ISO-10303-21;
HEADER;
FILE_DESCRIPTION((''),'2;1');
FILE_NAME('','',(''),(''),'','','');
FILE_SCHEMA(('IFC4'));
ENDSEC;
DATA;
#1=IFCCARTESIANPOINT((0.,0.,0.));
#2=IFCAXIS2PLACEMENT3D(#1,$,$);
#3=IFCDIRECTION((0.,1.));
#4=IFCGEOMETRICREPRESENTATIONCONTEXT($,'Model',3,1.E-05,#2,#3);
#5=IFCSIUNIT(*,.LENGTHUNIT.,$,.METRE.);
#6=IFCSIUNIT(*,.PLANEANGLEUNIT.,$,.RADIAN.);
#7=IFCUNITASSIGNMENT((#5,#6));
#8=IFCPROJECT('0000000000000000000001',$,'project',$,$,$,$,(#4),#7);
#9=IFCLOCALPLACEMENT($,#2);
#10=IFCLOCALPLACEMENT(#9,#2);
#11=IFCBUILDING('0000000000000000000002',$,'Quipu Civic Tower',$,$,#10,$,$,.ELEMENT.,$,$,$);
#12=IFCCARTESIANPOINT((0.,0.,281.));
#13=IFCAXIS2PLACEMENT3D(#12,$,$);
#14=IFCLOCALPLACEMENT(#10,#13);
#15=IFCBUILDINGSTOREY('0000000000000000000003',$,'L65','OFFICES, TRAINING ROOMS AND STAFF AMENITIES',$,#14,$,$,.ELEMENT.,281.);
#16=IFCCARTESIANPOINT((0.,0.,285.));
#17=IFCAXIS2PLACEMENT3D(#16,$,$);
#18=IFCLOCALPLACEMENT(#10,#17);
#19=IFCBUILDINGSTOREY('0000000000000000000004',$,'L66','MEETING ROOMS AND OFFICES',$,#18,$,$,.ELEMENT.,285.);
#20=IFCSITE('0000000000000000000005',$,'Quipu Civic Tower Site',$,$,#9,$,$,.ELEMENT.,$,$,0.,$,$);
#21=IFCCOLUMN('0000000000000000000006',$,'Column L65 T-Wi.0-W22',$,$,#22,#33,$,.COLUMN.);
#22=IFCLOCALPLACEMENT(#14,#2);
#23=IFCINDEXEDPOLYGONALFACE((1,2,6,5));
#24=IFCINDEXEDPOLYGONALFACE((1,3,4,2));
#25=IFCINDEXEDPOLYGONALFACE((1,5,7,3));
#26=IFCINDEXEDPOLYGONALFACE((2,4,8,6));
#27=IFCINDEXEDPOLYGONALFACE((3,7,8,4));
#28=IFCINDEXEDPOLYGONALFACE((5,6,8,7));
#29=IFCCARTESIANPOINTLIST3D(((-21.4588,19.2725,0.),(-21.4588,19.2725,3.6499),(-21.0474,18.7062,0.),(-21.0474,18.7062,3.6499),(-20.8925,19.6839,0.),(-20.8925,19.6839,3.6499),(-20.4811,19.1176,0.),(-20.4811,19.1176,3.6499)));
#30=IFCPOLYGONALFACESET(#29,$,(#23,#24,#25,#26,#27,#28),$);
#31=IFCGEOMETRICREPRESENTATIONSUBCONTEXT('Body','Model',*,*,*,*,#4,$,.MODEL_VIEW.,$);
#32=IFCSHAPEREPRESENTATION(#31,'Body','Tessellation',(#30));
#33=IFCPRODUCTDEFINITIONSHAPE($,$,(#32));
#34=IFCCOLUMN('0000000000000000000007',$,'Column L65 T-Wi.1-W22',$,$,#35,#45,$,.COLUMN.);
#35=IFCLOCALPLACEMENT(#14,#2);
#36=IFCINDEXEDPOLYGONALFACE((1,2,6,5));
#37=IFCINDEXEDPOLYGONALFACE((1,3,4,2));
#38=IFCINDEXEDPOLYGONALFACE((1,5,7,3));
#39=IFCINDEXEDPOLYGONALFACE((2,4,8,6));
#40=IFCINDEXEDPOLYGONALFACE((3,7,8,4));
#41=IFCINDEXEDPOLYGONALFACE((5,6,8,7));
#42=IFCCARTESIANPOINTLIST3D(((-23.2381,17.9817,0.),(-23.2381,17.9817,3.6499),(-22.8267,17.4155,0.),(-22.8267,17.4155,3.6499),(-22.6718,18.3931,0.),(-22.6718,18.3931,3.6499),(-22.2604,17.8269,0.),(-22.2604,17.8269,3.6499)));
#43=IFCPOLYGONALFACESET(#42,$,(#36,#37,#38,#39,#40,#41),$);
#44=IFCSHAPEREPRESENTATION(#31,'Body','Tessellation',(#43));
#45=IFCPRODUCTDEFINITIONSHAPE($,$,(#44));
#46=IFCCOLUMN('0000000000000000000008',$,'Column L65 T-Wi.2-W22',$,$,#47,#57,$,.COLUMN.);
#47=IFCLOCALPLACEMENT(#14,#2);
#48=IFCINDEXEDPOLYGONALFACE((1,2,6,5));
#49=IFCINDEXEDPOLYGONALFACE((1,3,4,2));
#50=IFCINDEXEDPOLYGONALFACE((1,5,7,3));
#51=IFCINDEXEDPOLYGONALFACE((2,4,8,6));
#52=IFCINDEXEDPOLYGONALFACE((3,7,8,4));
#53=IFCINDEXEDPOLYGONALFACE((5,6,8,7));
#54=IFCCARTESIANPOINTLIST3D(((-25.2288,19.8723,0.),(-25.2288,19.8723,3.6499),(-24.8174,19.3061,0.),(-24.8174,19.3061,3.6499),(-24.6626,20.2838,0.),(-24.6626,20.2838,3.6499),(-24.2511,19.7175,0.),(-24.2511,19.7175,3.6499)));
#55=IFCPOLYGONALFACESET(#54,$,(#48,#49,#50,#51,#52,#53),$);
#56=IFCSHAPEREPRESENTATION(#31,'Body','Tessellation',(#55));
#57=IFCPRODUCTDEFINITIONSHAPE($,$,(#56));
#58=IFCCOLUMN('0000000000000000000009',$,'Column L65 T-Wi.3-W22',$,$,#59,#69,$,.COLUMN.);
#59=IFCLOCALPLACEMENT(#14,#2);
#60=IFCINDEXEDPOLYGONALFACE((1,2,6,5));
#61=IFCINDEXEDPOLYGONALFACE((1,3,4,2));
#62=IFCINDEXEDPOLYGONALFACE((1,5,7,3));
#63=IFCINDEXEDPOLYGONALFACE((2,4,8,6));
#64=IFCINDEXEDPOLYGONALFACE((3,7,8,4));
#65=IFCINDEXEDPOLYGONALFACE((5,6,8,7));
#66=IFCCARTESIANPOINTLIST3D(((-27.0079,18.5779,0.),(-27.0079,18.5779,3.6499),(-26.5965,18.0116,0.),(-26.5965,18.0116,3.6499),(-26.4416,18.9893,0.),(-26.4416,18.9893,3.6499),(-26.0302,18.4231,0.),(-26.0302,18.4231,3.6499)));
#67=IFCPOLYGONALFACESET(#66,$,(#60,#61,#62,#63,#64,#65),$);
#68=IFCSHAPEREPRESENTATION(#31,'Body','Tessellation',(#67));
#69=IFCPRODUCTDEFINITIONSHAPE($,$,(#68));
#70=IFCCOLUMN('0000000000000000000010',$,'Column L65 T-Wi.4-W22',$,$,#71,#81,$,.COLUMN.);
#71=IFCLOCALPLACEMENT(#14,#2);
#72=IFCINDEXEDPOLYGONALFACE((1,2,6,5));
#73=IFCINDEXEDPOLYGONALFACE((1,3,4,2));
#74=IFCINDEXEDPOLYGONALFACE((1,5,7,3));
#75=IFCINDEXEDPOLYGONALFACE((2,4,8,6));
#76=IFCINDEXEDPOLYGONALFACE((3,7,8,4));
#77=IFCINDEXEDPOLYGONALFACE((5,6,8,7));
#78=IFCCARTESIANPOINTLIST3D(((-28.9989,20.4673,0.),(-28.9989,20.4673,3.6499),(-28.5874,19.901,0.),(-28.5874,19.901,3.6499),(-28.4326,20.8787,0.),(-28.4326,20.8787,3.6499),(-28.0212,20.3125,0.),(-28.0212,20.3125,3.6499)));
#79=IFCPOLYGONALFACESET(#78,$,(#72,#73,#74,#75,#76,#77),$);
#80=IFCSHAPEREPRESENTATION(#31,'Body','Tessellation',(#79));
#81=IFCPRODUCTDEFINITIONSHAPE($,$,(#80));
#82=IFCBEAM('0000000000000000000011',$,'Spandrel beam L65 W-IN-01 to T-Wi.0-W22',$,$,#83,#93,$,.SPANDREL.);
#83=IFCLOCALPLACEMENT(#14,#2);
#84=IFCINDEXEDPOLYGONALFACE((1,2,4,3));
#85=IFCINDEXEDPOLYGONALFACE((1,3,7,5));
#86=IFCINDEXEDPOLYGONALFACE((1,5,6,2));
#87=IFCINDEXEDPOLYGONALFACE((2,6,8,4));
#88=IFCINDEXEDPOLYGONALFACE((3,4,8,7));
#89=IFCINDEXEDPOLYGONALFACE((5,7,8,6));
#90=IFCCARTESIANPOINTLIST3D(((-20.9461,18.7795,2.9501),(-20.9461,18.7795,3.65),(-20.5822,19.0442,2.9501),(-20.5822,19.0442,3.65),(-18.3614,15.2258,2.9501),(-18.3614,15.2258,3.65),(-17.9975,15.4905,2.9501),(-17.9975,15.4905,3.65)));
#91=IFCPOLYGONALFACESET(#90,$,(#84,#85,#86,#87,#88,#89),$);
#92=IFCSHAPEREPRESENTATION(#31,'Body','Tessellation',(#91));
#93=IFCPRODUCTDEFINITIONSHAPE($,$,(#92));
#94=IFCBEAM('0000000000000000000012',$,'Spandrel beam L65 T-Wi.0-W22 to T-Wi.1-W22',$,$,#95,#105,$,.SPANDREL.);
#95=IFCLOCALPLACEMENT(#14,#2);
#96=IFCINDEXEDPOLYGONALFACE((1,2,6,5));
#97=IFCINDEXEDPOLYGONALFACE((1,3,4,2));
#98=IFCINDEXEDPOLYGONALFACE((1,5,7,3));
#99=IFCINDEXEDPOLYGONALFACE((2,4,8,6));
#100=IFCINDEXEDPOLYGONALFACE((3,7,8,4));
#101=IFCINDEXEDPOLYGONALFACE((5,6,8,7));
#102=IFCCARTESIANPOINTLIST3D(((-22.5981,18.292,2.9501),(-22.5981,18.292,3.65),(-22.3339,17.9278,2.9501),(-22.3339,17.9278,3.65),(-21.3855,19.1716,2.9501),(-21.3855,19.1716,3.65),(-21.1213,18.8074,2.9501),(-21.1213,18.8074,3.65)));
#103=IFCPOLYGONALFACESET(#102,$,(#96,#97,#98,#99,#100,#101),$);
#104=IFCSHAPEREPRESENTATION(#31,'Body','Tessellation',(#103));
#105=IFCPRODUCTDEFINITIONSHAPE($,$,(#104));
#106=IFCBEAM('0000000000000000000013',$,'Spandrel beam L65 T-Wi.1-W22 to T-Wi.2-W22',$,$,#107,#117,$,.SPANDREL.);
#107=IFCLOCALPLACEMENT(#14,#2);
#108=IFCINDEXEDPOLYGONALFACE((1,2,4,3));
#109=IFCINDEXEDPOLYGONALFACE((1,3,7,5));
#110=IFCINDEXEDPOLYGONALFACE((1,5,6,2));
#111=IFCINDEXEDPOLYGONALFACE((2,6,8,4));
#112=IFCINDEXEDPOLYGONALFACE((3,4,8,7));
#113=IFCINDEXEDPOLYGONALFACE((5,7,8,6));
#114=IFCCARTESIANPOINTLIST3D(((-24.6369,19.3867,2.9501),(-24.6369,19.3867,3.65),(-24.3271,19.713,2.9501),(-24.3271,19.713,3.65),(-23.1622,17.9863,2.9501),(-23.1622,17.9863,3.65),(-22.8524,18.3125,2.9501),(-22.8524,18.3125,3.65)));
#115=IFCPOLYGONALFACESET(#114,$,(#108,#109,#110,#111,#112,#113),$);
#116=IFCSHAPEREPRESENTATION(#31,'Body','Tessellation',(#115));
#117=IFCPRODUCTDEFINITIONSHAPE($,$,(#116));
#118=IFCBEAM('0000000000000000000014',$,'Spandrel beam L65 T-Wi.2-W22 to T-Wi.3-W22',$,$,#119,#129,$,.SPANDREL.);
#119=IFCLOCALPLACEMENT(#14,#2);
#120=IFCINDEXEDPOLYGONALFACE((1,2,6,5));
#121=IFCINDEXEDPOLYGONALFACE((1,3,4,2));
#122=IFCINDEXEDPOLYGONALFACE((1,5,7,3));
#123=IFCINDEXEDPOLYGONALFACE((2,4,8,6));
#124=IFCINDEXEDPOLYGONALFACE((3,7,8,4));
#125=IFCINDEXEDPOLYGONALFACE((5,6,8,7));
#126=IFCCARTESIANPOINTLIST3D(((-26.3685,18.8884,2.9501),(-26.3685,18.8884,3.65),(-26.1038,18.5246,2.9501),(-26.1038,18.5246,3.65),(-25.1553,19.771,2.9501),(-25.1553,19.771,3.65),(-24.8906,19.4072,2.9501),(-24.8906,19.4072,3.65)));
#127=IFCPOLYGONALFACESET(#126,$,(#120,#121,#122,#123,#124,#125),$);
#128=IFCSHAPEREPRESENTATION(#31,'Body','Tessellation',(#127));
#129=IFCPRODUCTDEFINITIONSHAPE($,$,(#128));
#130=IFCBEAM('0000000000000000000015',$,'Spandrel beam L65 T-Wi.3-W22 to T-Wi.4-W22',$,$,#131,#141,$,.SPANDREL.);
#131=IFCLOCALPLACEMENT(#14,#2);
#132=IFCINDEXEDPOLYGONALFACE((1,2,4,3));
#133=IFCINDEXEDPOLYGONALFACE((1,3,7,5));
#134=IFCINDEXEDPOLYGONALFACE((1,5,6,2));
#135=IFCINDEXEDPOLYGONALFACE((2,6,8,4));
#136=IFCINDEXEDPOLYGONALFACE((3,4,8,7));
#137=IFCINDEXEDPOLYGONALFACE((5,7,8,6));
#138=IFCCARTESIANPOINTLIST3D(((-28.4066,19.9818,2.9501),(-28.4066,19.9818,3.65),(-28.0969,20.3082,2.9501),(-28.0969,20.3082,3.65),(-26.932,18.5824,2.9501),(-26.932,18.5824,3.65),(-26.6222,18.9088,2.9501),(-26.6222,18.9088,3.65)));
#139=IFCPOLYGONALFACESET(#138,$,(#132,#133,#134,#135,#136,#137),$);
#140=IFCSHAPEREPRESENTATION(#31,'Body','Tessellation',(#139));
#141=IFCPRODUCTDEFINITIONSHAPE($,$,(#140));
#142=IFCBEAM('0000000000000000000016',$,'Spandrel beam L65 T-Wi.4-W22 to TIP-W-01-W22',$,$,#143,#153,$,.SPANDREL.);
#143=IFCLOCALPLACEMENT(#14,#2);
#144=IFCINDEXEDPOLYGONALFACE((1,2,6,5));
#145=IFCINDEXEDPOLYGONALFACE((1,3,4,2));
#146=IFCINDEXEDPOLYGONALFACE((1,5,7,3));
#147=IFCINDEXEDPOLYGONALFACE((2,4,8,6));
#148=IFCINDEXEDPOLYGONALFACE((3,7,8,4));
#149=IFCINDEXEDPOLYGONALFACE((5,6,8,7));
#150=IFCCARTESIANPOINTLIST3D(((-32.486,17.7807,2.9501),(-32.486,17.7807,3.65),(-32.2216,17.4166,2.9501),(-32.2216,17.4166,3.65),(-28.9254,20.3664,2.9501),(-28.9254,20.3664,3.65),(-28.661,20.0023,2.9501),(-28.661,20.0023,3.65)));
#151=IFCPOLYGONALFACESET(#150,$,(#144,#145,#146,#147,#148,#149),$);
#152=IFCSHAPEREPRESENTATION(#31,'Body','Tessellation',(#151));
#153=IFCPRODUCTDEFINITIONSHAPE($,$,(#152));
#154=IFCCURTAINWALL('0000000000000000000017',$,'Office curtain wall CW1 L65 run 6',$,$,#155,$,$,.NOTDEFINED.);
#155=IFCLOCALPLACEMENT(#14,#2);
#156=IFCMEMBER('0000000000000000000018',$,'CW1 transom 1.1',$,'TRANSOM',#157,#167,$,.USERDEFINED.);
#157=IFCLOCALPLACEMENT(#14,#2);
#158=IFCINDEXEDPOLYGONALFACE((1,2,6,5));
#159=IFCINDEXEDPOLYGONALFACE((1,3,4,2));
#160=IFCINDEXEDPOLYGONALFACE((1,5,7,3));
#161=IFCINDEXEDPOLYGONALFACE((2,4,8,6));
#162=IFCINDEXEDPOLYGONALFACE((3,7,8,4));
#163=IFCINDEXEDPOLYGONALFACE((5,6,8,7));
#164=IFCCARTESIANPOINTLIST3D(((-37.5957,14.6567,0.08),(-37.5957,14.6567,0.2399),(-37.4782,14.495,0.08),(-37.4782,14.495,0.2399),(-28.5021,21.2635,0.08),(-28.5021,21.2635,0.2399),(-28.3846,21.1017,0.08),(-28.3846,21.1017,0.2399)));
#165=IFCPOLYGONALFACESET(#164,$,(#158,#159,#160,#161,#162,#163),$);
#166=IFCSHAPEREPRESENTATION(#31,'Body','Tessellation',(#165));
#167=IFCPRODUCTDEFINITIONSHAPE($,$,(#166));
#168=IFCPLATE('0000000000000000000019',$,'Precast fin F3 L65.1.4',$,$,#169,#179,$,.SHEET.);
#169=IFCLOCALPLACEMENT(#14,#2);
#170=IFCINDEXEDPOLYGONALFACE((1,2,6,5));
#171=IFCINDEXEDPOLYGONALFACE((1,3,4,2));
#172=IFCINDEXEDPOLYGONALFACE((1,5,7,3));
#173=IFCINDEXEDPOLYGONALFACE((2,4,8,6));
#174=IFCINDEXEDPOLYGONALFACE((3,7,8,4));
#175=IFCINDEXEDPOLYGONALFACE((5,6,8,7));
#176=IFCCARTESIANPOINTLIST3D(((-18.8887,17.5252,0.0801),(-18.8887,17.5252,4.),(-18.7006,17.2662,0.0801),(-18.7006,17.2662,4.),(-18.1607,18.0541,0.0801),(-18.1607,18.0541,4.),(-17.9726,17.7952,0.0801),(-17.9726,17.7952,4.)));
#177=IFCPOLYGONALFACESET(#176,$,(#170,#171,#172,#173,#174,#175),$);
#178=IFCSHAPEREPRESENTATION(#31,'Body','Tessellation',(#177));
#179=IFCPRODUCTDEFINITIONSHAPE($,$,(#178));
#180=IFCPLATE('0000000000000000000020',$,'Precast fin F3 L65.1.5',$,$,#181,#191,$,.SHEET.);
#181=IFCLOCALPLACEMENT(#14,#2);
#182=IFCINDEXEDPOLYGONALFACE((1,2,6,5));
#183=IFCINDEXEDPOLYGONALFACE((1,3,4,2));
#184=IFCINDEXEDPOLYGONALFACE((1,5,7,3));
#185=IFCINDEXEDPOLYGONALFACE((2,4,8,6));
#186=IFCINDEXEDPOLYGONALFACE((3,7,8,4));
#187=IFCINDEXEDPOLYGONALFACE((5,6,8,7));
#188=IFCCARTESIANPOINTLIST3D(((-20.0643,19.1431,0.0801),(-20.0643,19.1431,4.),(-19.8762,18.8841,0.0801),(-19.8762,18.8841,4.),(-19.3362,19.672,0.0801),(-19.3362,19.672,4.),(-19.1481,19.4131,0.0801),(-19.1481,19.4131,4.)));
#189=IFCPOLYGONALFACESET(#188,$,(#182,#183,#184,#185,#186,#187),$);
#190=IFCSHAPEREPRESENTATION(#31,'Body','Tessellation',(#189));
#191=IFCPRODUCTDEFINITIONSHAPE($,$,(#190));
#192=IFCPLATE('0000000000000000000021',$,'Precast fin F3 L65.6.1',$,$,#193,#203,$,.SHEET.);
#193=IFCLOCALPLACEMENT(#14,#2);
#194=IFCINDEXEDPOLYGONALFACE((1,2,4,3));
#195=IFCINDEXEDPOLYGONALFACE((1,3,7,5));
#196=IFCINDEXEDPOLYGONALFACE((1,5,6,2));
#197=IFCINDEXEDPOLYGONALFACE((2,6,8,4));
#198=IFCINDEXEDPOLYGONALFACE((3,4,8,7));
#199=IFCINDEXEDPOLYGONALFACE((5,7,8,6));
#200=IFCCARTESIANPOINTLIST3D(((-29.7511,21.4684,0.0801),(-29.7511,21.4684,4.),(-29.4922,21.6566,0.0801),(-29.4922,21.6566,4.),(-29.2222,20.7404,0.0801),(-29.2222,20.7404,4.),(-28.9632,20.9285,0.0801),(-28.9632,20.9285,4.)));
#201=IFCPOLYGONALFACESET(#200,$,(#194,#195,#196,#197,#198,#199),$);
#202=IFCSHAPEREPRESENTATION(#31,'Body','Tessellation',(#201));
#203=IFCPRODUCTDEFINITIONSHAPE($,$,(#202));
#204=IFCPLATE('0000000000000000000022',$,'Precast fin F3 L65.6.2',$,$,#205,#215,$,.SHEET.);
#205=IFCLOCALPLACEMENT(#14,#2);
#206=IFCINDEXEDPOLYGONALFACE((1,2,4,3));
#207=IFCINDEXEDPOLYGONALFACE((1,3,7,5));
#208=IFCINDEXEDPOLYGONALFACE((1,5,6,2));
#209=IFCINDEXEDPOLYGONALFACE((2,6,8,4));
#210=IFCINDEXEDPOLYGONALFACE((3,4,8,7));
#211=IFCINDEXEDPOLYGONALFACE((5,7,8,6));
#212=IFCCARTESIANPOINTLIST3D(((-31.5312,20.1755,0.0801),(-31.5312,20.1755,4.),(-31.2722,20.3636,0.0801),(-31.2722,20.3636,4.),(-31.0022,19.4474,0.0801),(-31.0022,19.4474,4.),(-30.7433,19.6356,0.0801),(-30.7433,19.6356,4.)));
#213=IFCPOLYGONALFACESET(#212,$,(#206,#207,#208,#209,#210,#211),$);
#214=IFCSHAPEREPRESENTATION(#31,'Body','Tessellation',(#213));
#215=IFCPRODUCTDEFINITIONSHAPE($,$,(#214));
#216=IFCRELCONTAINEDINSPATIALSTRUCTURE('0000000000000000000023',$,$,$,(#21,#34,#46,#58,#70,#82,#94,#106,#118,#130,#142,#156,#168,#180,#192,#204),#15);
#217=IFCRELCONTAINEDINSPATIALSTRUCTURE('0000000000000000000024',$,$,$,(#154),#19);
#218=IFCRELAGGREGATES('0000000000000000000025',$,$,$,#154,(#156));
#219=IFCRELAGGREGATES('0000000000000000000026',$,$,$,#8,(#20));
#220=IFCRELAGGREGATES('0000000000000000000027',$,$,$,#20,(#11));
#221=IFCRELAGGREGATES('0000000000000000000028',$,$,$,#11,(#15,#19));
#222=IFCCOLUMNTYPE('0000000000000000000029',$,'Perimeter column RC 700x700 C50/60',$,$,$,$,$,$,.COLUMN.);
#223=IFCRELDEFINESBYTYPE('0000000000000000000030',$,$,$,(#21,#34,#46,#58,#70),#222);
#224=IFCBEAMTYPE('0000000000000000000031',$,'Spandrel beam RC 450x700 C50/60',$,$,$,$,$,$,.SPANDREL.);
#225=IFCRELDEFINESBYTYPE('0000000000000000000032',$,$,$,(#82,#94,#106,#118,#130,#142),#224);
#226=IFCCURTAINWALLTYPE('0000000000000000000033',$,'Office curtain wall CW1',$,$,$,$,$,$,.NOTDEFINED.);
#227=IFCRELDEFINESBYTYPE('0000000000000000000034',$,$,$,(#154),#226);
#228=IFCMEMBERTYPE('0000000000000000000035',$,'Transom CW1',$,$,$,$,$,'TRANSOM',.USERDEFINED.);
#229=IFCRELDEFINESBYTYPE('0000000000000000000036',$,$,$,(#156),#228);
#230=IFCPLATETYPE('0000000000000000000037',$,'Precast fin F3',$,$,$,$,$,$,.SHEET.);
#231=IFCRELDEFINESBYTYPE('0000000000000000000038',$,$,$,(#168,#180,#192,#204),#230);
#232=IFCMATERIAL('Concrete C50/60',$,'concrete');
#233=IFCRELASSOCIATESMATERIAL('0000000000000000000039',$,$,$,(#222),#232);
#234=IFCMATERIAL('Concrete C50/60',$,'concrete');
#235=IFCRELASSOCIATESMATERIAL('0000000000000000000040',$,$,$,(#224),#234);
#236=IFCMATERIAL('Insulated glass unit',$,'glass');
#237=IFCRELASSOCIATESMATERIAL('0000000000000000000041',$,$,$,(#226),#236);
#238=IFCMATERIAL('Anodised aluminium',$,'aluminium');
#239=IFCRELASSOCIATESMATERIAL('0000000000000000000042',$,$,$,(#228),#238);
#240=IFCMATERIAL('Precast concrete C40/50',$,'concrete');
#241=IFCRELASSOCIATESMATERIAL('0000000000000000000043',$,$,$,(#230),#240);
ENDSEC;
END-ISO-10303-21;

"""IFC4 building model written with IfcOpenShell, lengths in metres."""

from ifc_helpers import new_model, si_unit, direction, frame, origin, origin_2d, place, context, subcontext, project, spatial, rectangle, extrude, material, material_profile, profile_set, type_object, element, aggregate, save


model = new_model("IFC4")

# Units and contexts
model_context = context("Model", 3, precision=1e-05, world=origin(), true_north=direction((0.0, 1.0)))
body_context = subcontext(model_context, "Body", "Model", "MODEL_VIEW")
ifc_project = project(units=[si_unit("LENGTHUNIT", "METRE"), si_unit("PLANEANGLEUNIT", "RADIAN")], contexts=[model_context])

# Site, building, storey
site_placement = place(None, origin())
site = spatial("IfcSite", under=ifc_project, at=site_placement, Name="Quipu Civic Tower Site", CompositionType="ELEMENT", RefElevation=0.0)
building_placement = place(site_placement, origin())
building = spatial("IfcBuilding", under=site, at=building_placement, Name="Quipu Civic Tower", CompositionType="ELEMENT")
storey_1_placement = place(building_placement, frame((0.0, 0.0, 281.0)))
storey_1 = spatial("IfcBuildingStorey", under=building, at=storey_1_placement, Name="L65", Description="OFFICES, TRAINING ROOMS AND STAFF AMENITIES", CompositionType="ELEMENT", Elevation=281.0)

# Columns
ifc_material_1 = material(Name="Concrete C50/60", Category="concrete")
ifc_material_profile_1 = material_profile(ifc_material_1, rectangle(XDim=0.7, YDim=0.7, at=origin_2d()), Name="RC700x700")
ifc_profile_set_1 = profile_set([ifc_material_profile_1], Name="Concrete C50/60")
column_type = type_object("IfcColumnType", Name="Perimeter column RC 700x700 C50/60", PredefinedType="COLUMN", material=ifc_profile_set_1)
for number, where, z_axis, x_axis, name in (
    (1, (-20.97, 19.1951, 0.0), (0.0, 0.0, 1.0), (-0.587785, 0.809017, 0.0), "Column L65 T-Wi.0-W22"),
    (2, (-22.7493, 17.9043, 0.0), (0.0, 0.0, 1.0), (-0.587785, 0.809017, 0.0), "Column L65 T-Wi.1-W22"),
    (3, (-24.74, 19.7949, 0.0), (0.0, 0.0, 1.0), (-0.587785, 0.809017, 0.0), "Column L65 T-Wi.2-W22"),
    (4, (-26.519, 18.5005, 0.0), (0.0, 0.0, 1.0), (-0.587785, 0.809017, 0.0), "Column L65 T-Wi.3-W22"),
    (5, (-28.51, 20.3899, 0.0), (0.0, 0.0, 1.0), (-0.809017, -0.587785, 0.0), "Column L65 T-Wi.4-W22"),
):
    element("IfcColumn", number, at=place(storey_1_placement, frame(where, z_axis=z_axis, x_axis=x_axis)), inside=storey_1, type_object=column_type, Name=name, PredefinedType="COLUMN", context=body_context, shape_type="SweptSolid", body=[
        extrude(rectangle(XDim=0.7, YDim=0.7, at=origin_2d()), origin(), (0.0, 0.0, 1.0), 3.6499),
    ])

# Beams
ifc_material_2 = material(Name="Concrete C50/60", Category="concrete")
ifc_material_profile_2 = material_profile(ifc_material_2, rectangle(XDim=0.45, YDim=0.7, at=origin_2d()), Name="RC450x700")
ifc_profile_set_2 = profile_set([ifc_material_profile_2], Name="Concrete C50/60")
beam_type = type_object("IfcBeamType", Name="Spandrel beam RC 450x700 C50/60", PredefinedType="SPANDREL", material=ifc_profile_set_2)
beam_1_placement = place(storey_1_placement, frame((-18.1794, 15.3582, 3.3), z_axis=(-0.588201, 0.808714, 0.0), x_axis=(-0.808714, -0.588201, 0.0)))
element("IfcBeam", 6, at=beam_1_placement, inside=storey_1, type_object=beam_type, Name="Spandrel beam L65 W-IN-01 to T-Wi.0-W22", PredefinedType="SPANDREL", context=body_context, shape_type="SweptSolid", body=[
    extrude(rectangle(XDim=0.45, YDim=0.7, at=origin_2d()), origin(), (0.0, 0.0, 1.0), 4.3943),
])
beam_2_placement = place(storey_1_placement, frame((-21.2534, 18.9895, 3.3), z_axis=(-0.809461, -0.587173, 0.0), x_axis=(0.587173, -0.809461, 0.0)))
element("IfcBeam", 7, at=beam_2_placement, inside=storey_1, type_object=beam_type, Name="Spandrel beam L65 T-Wi.0-W22 to T-Wi.1-W22", PredefinedType="SPANDREL", context=body_context, shape_type="SweptSolid", body=[
    extrude(rectangle(XDim=0.45, YDim=0.7, at=origin_2d()), origin(), (0.0, 0.0, 1.0), 1.498),
])
beam_3_placement = place(storey_1_placement, frame((-23.0073, 18.1494, 3.3), z_axis=(-0.725119, 0.688623, 0.0), x_axis=(-0.688623, -0.725119, 0.0)))
element("IfcBeam", 8, at=beam_3_placement, inside=storey_1, type_object=beam_type, Name="Spandrel beam L65 T-Wi.1-W22 to T-Wi.2-W22", PredefinedType="SPANDREL", context=body_context, shape_type="SweptSolid", body=[
    extrude(rectangle(XDim=0.45, YDim=0.7, at=origin_2d()), origin(), (0.0, 0.0, 1.0), 2.0337),
])
beam_4_placement = place(storey_1_placement, frame((-25.0229, 19.5891, 3.3), z_axis=(-0.808645, -0.588297, 0.0), x_axis=(0.588297, -0.808645, 0.0)))
element("IfcBeam", 9, at=beam_4_placement, inside=storey_1, type_object=beam_type, Name="Spandrel beam L65 T-Wi.2-W22 to T-Wi.3-W22", PredefinedType="SPANDREL", context=body_context, shape_type="SweptSolid", body=[
    extrude(rectangle(XDim=0.45, YDim=0.7, at=origin_2d()), origin(), (0.0, 0.0, 1.0), 1.5002),
])
beam_5_placement = place(storey_1_placement, frame((-26.7771, 18.7456, 3.3), z_axis=(-0.725359, 0.688371, 0.0), x_axis=(-0.688371, -0.725359, 0.0)))
element("IfcBeam", 10, at=beam_5_placement, inside=storey_1, type_object=beam_type, Name="Spandrel beam L65 T-Wi.3-W22 to T-Wi.4-W22", PredefinedType="SPANDREL", context=body_context, shape_type="SweptSolid", body=[
    extrude(rectangle(XDim=0.45, YDim=0.7, at=origin_2d()), origin(), (0.0, 0.0, 1.0), 2.033),
])
beam_6_placement = place(storey_1_placement, frame((-28.7932, 20.1843, 3.3), z_axis=(-0.809146, -0.587607, 0.0), x_axis=(0.587607, -0.809146, 0.0)))
element("IfcBeam", 11, at=beam_6_placement, inside=storey_1, type_object=beam_type, Name="Spandrel beam L65 T-Wi.4-W22 to TIP-W-01-W22", PredefinedType="SPANDREL", context=body_context, shape_type="SweptSolid", body=[
    extrude(rectangle(XDim=0.45, YDim=0.7, at=origin_2d()), origin(), (0.0, 0.0, 1.0), 4.4004),
])

# Shared definitions
storey_2_placement = place(building_placement, frame((0.0, 0.0, 285.0)))
storey_2 = spatial("IfcBuildingStorey", under=building, at=storey_2_placement, Name="L66", Description="MEETING ROOMS AND OFFICES", CompositionType="ELEMENT", Elevation=285.0)

# Curtain wall, member
ifc_material_3 = material(Name="Insulated glass unit", Category="glass")
curtain_wall_type = type_object("IfcCurtainWallType", Name="Office curtain wall CW1", PredefinedType="NOTDEFINED", material=ifc_material_3)
curtain_wall_placement = place(storey_2_placement, origin())
curtain_wall = element("IfcCurtainWall", 12, at=curtain_wall_placement, inside=storey_2, type_object=curtain_wall_type, Name="Office curtain wall CW1 L65 run 6", PredefinedType="NOTDEFINED")
ifc_material_4 = material(Name="Anodised aluminium", Category="aluminium")
ifc_material_profile_3 = material_profile(ifc_material_4, rectangle(XDim=0.2, YDim=0.1599, at=origin_2d()), Name="RECT 200x160")
ifc_profile_set_3 = profile_set([ifc_material_profile_3], Name="Anodised aluminium")
member_type = type_object("IfcMemberType", Name="Transom CW1", ElementType="TRANSOM", PredefinedType="USERDEFINED", material=ifc_profile_set_3)
member_placement = place(storey_1_placement, frame((-28.4434, 21.1826, 0.1599), z_axis=(-0.809022, -0.587778, 0.0), x_axis=(0.587778, -0.809022, 0.0)))
member = element("IfcMember", 13, at=member_placement, inside=storey_1, type_object=member_type, Name="CW1 transom 1.1", ObjectType="TRANSOM", PredefinedType="USERDEFINED", context=body_context, shape_type="SweptSolid", body=[
    extrude(rectangle(XDim=0.2, YDim=0.1599, at=origin_2d()), origin(), (0.0, 0.0, 1.0), 11.2402),
])
aggregate(curtain_wall, [member])

# Plates
ifc_material_5 = material(Name="Precast concrete C40/50", Category="concrete")
plate_type = type_object("IfcPlateType", Name="Precast fin F3", PredefinedType="SHEET", material=ifc_material_5)
for number, where, z_axis, x_axis, name in (
    (14, (-18.4307, 17.6602, 0.0801), (0.0, 0.0, 1.0), (-0.587784, 0.809018, 0.0), "Precast fin F3 L65.1.4"),
    (15, (-19.6062, 19.2781, 0.0801), (0.0, 0.0, 1.0), (-0.587784, 0.809018, 0.0), "Precast fin F3 L65.1.5"),
    (16, (-29.3572, 21.1985, 0.0801), (0.0, 0.0, 1.0), (-0.809017, -0.587785, 0.0), "Precast fin F3 L65.6.1"),
    (17, (-31.1372, 19.9055, 0.0801), (0.0, 0.0, 1.0), (-0.809017, -0.587785, 0.0), "Precast fin F3 L65.6.2"),
):
    element("IfcPlate", number, at=place(storey_1_placement, frame(where, z_axis=z_axis, x_axis=x_axis)), inside=storey_1, type_object=plate_type, Name=name, PredefinedType="SHEET", context=body_context, shape_type="SweptSolid", body=[
        extrude(rectangle(XDim=0.3201, YDim=0.8999, at=origin_2d()), origin(), (0.0, 0.0, 1.0), 3.9199),
    ])

save(model, "model.ifc")
